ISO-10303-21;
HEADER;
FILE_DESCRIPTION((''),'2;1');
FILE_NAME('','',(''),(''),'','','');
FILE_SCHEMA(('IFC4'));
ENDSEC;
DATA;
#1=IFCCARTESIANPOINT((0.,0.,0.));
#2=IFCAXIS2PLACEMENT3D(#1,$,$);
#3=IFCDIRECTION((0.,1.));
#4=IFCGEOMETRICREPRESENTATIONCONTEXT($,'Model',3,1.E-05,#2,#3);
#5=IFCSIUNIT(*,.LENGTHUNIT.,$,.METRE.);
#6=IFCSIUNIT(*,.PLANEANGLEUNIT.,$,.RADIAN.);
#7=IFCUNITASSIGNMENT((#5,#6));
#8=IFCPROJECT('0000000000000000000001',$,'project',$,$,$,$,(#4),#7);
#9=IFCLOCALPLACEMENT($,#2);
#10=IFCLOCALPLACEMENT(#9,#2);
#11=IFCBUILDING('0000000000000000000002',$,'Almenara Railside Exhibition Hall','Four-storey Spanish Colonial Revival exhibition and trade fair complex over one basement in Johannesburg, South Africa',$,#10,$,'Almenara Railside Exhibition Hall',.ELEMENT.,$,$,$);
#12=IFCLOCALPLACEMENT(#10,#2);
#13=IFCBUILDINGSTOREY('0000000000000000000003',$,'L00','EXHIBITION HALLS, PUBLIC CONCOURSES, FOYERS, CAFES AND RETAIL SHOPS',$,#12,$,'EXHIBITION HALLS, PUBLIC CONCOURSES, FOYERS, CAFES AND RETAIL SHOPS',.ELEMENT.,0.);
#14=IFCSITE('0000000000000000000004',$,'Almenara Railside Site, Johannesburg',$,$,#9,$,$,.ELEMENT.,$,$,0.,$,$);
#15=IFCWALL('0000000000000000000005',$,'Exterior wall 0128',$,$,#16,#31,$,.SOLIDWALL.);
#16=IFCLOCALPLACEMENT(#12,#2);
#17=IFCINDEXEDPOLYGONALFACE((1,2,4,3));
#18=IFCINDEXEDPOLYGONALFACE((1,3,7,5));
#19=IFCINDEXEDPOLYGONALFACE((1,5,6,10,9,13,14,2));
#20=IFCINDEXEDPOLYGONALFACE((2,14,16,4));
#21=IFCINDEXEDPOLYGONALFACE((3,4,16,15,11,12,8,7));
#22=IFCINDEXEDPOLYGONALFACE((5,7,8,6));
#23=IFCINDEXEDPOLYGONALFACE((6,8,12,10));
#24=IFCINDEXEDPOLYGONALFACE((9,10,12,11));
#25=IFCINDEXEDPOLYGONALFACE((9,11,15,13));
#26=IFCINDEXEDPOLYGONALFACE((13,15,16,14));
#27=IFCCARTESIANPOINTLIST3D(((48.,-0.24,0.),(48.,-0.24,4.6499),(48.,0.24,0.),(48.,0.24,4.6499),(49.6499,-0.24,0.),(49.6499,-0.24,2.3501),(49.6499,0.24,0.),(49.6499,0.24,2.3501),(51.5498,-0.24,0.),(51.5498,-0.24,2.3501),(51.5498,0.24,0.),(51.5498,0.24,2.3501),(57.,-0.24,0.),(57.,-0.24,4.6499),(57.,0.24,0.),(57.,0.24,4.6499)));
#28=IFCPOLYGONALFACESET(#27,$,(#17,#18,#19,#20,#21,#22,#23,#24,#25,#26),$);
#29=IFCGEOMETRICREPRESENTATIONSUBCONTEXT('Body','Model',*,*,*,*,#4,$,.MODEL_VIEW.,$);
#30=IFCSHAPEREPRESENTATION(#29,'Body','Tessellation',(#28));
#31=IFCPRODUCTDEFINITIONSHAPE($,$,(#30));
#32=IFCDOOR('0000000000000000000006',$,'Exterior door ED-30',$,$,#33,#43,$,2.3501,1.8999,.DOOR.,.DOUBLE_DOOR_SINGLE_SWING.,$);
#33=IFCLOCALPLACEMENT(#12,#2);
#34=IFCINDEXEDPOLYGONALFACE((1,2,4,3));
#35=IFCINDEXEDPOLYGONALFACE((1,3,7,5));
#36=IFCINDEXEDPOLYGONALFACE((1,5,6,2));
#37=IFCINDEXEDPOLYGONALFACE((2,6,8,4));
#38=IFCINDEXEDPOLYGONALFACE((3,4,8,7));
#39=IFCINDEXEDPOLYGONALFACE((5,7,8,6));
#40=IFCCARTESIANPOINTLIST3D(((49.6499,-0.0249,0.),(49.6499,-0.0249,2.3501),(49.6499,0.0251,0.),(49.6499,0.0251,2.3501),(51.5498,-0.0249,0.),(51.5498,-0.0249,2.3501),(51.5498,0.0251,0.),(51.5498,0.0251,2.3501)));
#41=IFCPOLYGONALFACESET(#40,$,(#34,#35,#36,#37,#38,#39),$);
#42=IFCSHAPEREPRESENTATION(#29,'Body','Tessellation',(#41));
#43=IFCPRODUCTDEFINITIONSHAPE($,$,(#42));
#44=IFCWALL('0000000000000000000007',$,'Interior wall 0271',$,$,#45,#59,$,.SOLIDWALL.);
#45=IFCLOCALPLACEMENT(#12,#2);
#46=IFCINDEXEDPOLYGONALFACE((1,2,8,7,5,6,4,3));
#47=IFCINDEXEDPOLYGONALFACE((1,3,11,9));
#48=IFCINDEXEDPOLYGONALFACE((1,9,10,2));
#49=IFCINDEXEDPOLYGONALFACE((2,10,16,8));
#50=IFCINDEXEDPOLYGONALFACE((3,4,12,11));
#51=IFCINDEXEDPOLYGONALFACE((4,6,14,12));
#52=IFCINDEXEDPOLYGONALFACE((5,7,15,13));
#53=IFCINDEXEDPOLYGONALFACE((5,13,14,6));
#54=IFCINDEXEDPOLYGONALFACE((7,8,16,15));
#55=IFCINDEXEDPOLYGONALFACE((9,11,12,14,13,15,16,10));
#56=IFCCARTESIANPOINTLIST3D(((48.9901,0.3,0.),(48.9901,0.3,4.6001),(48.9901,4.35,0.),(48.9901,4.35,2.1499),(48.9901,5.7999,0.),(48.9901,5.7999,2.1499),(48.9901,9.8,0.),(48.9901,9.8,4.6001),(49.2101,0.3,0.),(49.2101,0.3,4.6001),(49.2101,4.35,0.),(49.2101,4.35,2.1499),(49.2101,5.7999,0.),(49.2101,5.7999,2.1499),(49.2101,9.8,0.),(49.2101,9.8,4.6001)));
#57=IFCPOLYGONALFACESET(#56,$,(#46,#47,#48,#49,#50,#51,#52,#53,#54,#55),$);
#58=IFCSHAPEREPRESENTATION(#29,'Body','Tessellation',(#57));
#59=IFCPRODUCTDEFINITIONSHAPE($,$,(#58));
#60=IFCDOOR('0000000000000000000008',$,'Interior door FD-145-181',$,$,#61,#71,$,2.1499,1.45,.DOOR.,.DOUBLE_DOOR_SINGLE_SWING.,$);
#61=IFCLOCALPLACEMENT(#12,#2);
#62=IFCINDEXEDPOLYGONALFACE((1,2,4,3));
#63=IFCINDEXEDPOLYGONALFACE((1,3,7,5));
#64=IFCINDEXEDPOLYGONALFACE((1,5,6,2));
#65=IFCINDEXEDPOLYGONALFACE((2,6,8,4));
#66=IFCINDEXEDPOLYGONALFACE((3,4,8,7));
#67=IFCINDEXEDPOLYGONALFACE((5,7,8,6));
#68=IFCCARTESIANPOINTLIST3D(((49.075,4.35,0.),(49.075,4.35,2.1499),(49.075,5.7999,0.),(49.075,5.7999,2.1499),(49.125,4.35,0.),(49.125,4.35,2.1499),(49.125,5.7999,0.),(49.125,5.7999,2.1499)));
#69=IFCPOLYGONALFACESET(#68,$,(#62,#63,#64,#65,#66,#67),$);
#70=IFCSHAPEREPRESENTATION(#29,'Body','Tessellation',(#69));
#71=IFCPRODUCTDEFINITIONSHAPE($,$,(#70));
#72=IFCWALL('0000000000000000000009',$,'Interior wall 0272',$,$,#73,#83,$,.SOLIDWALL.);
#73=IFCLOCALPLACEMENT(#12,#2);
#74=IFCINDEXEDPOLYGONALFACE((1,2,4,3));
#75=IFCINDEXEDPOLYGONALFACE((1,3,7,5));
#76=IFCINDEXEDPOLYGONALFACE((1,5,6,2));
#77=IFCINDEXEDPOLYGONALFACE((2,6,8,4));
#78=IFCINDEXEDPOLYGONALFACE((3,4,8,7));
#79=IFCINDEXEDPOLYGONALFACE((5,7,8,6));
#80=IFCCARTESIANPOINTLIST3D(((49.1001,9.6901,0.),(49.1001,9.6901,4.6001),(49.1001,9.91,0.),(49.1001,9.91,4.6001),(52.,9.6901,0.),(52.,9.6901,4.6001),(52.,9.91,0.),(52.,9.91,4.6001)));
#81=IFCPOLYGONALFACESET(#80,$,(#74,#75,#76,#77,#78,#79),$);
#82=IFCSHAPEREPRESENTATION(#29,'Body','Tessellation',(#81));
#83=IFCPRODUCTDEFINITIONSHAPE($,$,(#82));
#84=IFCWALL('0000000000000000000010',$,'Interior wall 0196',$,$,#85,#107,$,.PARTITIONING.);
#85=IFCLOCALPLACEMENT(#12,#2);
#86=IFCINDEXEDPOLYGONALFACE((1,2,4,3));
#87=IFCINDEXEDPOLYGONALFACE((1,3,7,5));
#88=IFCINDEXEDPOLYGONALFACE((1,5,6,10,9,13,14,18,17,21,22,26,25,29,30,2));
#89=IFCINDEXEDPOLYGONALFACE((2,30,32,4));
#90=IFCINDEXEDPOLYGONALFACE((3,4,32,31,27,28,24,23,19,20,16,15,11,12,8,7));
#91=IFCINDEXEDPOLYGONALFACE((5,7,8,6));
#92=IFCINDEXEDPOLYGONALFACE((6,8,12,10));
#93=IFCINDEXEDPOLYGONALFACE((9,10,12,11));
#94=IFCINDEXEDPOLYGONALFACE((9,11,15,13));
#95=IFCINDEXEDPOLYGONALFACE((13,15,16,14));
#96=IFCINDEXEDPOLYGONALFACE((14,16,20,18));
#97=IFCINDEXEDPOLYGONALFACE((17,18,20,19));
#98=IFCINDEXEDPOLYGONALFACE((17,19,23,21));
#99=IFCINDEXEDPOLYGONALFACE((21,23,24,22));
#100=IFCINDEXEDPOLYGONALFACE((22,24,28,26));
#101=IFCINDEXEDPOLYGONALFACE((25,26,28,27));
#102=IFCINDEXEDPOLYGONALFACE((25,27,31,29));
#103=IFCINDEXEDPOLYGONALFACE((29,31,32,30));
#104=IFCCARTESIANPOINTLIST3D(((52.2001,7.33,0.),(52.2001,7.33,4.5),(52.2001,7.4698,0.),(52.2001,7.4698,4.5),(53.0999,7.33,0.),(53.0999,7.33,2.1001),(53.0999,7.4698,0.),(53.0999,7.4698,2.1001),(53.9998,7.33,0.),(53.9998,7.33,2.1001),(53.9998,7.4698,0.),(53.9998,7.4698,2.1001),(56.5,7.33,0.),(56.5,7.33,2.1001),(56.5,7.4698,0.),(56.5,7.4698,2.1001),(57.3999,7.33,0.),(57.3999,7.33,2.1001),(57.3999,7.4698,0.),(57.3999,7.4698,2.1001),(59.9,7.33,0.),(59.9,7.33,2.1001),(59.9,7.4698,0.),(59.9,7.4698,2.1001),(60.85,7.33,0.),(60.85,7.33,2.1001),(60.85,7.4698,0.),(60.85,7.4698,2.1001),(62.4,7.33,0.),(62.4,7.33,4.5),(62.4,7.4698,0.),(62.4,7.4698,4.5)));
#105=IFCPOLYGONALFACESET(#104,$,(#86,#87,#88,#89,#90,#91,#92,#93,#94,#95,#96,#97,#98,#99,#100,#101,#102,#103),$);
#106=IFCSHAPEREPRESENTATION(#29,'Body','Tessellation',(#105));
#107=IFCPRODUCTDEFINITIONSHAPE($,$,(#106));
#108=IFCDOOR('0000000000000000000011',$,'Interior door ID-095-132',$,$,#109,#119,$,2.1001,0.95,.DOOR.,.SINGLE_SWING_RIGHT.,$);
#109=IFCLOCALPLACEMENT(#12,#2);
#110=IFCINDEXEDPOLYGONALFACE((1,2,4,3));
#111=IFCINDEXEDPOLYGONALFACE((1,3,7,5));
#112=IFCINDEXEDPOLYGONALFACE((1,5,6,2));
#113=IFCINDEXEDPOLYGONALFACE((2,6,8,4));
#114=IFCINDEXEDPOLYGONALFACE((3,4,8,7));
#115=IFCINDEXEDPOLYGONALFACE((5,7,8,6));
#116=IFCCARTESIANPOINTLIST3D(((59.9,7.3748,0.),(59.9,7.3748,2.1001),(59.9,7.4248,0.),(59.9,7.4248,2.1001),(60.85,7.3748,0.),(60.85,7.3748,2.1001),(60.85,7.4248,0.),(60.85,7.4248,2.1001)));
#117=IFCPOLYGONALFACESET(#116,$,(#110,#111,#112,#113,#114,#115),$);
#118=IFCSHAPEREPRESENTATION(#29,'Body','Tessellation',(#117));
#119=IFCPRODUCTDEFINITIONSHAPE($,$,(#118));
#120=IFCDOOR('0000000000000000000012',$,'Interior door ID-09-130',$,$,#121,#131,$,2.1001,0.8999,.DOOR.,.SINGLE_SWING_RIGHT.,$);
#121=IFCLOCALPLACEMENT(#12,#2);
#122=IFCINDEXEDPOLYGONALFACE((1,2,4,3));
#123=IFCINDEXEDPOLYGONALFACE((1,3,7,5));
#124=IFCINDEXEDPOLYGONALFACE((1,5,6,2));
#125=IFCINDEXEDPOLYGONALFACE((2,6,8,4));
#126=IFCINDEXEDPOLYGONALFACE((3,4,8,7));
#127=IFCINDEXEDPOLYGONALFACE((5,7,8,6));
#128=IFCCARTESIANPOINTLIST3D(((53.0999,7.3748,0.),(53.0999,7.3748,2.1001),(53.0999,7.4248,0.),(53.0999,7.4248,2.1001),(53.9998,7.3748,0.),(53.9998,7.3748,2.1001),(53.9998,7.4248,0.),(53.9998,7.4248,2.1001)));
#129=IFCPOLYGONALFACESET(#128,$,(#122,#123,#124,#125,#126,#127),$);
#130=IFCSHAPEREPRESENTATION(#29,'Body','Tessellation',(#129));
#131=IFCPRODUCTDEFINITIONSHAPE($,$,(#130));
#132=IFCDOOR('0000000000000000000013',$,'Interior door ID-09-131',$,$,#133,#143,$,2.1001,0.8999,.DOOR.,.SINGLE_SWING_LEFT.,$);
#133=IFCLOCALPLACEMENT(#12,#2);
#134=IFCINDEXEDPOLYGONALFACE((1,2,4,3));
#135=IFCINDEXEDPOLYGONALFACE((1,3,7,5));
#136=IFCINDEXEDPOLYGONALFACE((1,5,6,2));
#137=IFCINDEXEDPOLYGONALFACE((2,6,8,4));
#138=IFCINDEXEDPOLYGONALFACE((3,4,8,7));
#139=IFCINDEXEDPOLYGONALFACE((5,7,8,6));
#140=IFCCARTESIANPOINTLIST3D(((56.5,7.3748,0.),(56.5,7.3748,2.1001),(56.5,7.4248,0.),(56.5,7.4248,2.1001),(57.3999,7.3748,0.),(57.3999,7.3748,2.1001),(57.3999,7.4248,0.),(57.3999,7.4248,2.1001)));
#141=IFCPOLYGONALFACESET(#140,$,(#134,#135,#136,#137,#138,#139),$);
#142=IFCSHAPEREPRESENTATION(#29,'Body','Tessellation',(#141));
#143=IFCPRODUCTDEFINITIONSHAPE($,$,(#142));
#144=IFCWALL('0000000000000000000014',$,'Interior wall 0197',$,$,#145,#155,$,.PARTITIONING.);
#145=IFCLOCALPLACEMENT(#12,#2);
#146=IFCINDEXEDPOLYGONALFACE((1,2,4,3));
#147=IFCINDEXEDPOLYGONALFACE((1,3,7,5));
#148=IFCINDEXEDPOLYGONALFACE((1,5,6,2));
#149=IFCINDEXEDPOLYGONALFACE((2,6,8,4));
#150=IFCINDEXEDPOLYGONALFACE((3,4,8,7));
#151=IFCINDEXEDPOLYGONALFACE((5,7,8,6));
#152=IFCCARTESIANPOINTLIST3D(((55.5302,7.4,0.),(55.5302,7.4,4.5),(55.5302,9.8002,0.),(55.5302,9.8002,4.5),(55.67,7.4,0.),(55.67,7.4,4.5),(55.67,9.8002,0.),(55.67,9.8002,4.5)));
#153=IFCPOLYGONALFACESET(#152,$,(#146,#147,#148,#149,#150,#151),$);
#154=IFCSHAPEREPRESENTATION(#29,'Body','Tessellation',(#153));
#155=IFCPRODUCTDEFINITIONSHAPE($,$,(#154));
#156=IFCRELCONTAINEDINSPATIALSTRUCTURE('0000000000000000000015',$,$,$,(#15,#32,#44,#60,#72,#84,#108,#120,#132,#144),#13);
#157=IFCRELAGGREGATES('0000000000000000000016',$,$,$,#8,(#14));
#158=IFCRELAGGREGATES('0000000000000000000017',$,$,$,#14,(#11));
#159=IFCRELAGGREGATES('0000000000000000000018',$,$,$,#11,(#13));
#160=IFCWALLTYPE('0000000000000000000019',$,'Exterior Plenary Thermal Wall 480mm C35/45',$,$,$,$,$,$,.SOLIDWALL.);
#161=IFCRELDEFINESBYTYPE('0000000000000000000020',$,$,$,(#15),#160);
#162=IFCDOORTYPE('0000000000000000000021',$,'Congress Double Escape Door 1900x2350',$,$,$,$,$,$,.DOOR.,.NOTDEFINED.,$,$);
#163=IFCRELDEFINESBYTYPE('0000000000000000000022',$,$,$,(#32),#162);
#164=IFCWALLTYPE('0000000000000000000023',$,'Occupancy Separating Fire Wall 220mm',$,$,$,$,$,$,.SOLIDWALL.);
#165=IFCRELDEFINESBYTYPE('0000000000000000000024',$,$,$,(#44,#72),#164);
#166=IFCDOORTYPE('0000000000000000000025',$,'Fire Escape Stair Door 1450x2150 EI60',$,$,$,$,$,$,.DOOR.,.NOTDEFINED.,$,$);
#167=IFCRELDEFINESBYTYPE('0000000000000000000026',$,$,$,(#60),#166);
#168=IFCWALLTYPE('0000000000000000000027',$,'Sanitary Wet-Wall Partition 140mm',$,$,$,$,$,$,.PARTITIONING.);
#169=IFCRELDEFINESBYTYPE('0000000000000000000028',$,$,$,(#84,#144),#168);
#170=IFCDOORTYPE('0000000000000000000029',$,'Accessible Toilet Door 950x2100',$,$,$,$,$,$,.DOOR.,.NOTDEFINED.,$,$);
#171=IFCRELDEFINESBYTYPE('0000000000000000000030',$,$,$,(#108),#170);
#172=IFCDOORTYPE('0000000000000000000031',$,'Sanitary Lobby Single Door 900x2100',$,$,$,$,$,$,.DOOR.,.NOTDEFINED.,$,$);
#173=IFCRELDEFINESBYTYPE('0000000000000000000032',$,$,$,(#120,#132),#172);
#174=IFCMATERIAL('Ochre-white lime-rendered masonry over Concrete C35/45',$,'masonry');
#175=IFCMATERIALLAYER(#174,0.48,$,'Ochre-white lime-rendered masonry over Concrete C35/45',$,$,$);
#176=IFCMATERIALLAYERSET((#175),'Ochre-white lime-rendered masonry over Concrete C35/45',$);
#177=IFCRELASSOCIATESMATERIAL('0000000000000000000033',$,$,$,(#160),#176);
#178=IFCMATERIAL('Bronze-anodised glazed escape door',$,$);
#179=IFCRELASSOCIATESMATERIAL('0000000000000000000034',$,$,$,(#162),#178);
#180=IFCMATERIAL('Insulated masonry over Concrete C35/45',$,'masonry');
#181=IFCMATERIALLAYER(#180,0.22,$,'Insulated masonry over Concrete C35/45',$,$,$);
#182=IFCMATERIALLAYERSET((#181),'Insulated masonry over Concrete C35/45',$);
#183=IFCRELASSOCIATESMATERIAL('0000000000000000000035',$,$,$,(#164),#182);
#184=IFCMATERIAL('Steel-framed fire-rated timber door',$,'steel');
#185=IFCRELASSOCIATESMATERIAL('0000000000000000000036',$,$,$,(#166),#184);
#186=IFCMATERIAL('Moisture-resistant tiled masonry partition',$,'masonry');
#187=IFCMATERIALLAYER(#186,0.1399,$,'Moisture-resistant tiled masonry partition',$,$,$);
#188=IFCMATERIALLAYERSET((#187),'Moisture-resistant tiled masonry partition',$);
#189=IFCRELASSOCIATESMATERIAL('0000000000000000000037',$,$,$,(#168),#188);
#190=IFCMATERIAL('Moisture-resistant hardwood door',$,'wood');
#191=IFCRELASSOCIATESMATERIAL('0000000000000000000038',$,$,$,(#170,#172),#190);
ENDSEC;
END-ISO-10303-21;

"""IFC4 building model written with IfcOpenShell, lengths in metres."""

from ifc_helpers import new_model, si_unit, direction, frame, frame_2d, origin, place, context, subcontext, project, spatial, rectangle, extrude, material, layer, layer_set, type_object, element, fill, save


model = new_model("IFC4")

# Units and contexts
model_context = context("Model", 3, precision=1e-05, world=origin(), true_north=direction((0.0, 1.0)))
body_context = subcontext(model_context, "Body", "Model", "MODEL_VIEW")
ifc_project = project(units=[si_unit("LENGTHUNIT", "METRE"), si_unit("PLANEANGLEUNIT", "RADIAN")], contexts=[model_context])

# Site, building, storey
site_placement = place(None, origin())
site = spatial("IfcSite", under=ifc_project, at=site_placement, Name="Almenara Railside Site, Johannesburg", CompositionType="ELEMENT", RefElevation=0.0)
building_placement = place(site_placement, origin())
building = spatial("IfcBuilding", under=site, at=building_placement, Name="Almenara Railside Exhibition Hall", Description="Four-storey Spanish Colonial Revival exhibition and trade fair complex over one basement in Johannesburg, South Africa", LongName="Almenara Railside Exhibition Hall", CompositionType="ELEMENT")
storey_placement = place(building_placement, origin())
storey = spatial("IfcBuildingStorey", under=building, at=storey_placement, Name="L00", Description="EXHIBITION HALLS, PUBLIC CONCOURSES, FOYERS, CAFES AND RETAIL SHOPS", LongName="EXHIBITION HALLS, PUBLIC CONCOURSES, FOYERS, CAFES AND RETAIL SHOPS", CompositionType="ELEMENT", Elevation=0.0)

# Walls, openings, doors
ifc_material_1 = material(Name="Ochre-white lime-rendered masonry over Concrete C35/45", Category="masonry")
ifc_layer_1 = layer(ifc_material_1, 0.48, Name="Ochre-white lime-rendered masonry over Concrete C35/45")
ifc_layer_set_1 = layer_set([ifc_layer_1], Name="Ochre-white lime-rendered masonry over Concrete C35/45")
wall_type_1 = type_object("IfcWallType", Name="Exterior Plenary Thermal Wall 480mm C35/45", PredefinedType="SOLIDWALL", material=ifc_layer_set_1)
wall_1_placement = place(storey_placement, frame((48.0, 0.0, 0.0), z_axis=(0.0, 0.0, 1.0), x_axis=(1.0, 0.0, 0.0)))
wall_1 = element("IfcWall", 1, at=wall_1_placement, inside=storey, type_object=wall_type_1, Name="Exterior wall 0128", PredefinedType="SOLIDWALL", context=body_context, shape_type="SweptSolid", body=[
    extrude(rectangle(XDim=9.0, YDim=0.48, at=frame_2d((4.5, 0.0))), origin(), (0.0, 0.0, 1.0), 4.6499),
])
opening_1_placement = place(wall_1_placement, frame((1.6499, 0.0, 0.0)))
opening_1 = element("IfcOpeningElement", 2, at=opening_1_placement, cuts=wall_1, PredefinedType="OPENING", context=body_context, shape_type="SweptSolid", body=[
    extrude(rectangle(XDim=1.8999, YDim=2.3501, at=frame_2d((0.95, 1.175))), frame((0.0, 0.25, 0.0), z_axis=(0.0, -1.0, 0.0), x_axis=(1.0, 0.0, 0.0)), (0.0, 0.0, 1.0), 0.5),
])
ifc_material_2 = material(Name="Bronze-anodised glazed escape door")
door_type_1 = type_object("IfcDoorType", Name="Congress Double Escape Door 1900x2350", OperationType="NOTDEFINED", PredefinedType="DOOR", material=ifc_material_2)
door_1_placement = place(opening_1_placement, frame((1.8999, 0.0, 0.0), z_axis=(0.0, 0.0, 1.0), x_axis=(-1.0, 0.0, 0.0)))
door_1 = element("IfcDoor", 3, at=door_1_placement, inside=storey, type_object=door_type_1, Name="Exterior door ED-30", OperationType="DOUBLE_DOOR_SINGLE_SWING", OverallHeight=2.3501, OverallWidth=1.8999, PredefinedType="DOOR", context=body_context, shape_type="SweptSolid", body=[
    extrude(rectangle(XDim=1.8999, YDim=2.3501, at=frame_2d((0.95, 1.175))), frame((0.0, 0.0249, 0.0), z_axis=(0.0, -1.0, 0.0), x_axis=(1.0, 0.0, 0.0)), (0.0, 0.0, 1.0), 0.05),
])
fill(opening_1, door_1)
ifc_material_3 = material(Name="Insulated masonry over Concrete C35/45", Category="masonry")
ifc_layer_2 = layer(ifc_material_3, 0.22, Name="Insulated masonry over Concrete C35/45")
ifc_layer_set_2 = layer_set([ifc_layer_2], Name="Insulated masonry over Concrete C35/45")
wall_type_2 = type_object("IfcWallType", Name="Occupancy Separating Fire Wall 220mm", PredefinedType="SOLIDWALL", material=ifc_layer_set_2)
wall_2_placement = place(storey_placement, frame((49.1001, 9.8, 0.0), z_axis=(0.0, 0.0, 1.0), x_axis=(0.0, -1.0, 0.0)))
wall_2 = element("IfcWall", 4, at=wall_2_placement, inside=storey, type_object=wall_type_2, Name="Interior wall 0271", PredefinedType="SOLIDWALL", context=body_context, shape_type="SweptSolid", body=[
    extrude(rectangle(XDim=9.5, YDim=0.22, at=frame_2d((4.75, 0.0))), origin(), (0.0, 0.0, 1.0), 4.6001),
])
opening_2_placement = place(wall_2_placement, frame((4.0, 0.0, 0.0)))
opening_2 = element("IfcOpeningElement", 5, at=opening_2_placement, cuts=wall_2, PredefinedType="OPENING", context=body_context, shape_type="SweptSolid", body=[
    extrude(rectangle(XDim=1.45, YDim=2.1499, at=frame_2d((0.7251, 1.075))), frame((0.0, 0.1199, 0.0), z_axis=(0.0, -1.0, 0.0), x_axis=(1.0, 0.0, 0.0)), (0.0, 0.0, 1.0), 0.24),
])
ifc_material_4 = material(Name="Steel-framed fire-rated timber door", Category="steel")
door_type_2 = type_object("IfcDoorType", Name="Fire Escape Stair Door 1450x2150 EI60", OperationType="NOTDEFINED", PredefinedType="DOOR", material=ifc_material_4)
door_2_placement = place(opening_2_placement, origin())
door_2 = element("IfcDoor", 6, at=door_2_placement, inside=storey, type_object=door_type_2, Name="Interior door FD-145-181", OperationType="DOUBLE_DOOR_SINGLE_SWING", OverallHeight=2.1499, OverallWidth=1.45, PredefinedType="DOOR", context=body_context, shape_type="SweptSolid", body=[
    extrude(rectangle(XDim=1.45, YDim=2.1499, at=frame_2d((0.7251, 1.075))), frame((0.0, 0.0249, 0.0), z_axis=(0.0, -1.0, 0.0), x_axis=(1.0, 0.0, 0.0)), (0.0, 0.0, 1.0), 0.05),
])
fill(opening_2, door_2)

# Wall
wall_3_placement = place(storey_placement, frame((49.1001, 9.8, 0.0), z_axis=(0.0, 0.0, 1.0), x_axis=(1.0, 0.0, 0.0)))
element("IfcWall", 7, at=wall_3_placement, inside=storey, type_object=wall_type_2, Name="Interior wall 0272", PredefinedType="SOLIDWALL", context=body_context, shape_type="SweptSolid", body=[
    extrude(rectangle(XDim=2.8999, YDim=0.22, at=frame_2d((1.45, 0.0))), origin(), (0.0, 0.0, 1.0), 4.6001),
])

# Wall, openings, doors
ifc_material_5 = material(Name="Moisture-resistant tiled masonry partition", Category="masonry")
ifc_layer_3 = layer(ifc_material_5, 0.1399, Name="Moisture-resistant tiled masonry partition")
ifc_layer_set_3 = layer_set([ifc_layer_3], Name="Moisture-resistant tiled masonry partition")
wall_type_3 = type_object("IfcWallType", Name="Sanitary Wet-Wall Partition 140mm", PredefinedType="PARTITIONING", material=ifc_layer_set_3)
wall_4_placement = place(storey_placement, frame((52.2, 7.3999, 0.0), z_axis=(0.0, 0.0, 1.0), x_axis=(1.0, 0.0, 0.0)))
wall_4 = element("IfcWall", 8, at=wall_4_placement, inside=storey, type_object=wall_type_3, Name="Interior wall 0196", PredefinedType="PARTITIONING", context=body_context, shape_type="SweptSolid", body=[
    extrude(rectangle(XDim=10.2, YDim=0.1399, at=frame_2d((5.1001, 0.0))), origin(), (0.0, 0.0, 1.0), 4.5),
])
opening_3_placement = place(wall_4_placement, frame((0.8999, 0.0, 0.0)))
opening_3 = element("IfcOpeningElement", 9, at=opening_3_placement, cuts=wall_4, PredefinedType="OPENING", context=body_context, shape_type="SweptSolid", body=[
    extrude(rectangle(XDim=0.8999, YDim=2.1001, at=frame_2d((0.45, 1.05))), frame((0.0, 0.0798, 0.0), z_axis=(0.0, -1.0, 0.0), x_axis=(1.0, 0.0, 0.0)), (0.0, 0.0, 1.0), 0.1599),
])
opening_4_placement = place(wall_4_placement, frame((4.3, 0.0, 0.0)))
opening_4 = element("IfcOpeningElement", 10, at=opening_4_placement, cuts=wall_4, PredefinedType="OPENING", context=body_context, shape_type="SweptSolid", body=[
    extrude(rectangle(XDim=0.8999, YDim=2.1001, at=frame_2d((0.45, 1.05))), frame((0.0, 0.0798, 0.0), z_axis=(0.0, -1.0, 0.0), x_axis=(1.0, 0.0, 0.0)), (0.0, 0.0, 1.0), 0.1599),
])
opening_5_placement = place(wall_4_placement, frame((7.7, 0.0, 0.0)))
opening_5 = element("IfcOpeningElement", 11, at=opening_5_placement, cuts=wall_4, PredefinedType="OPENING", context=body_context, shape_type="SweptSolid", body=[
    extrude(rectangle(XDim=0.95, YDim=2.1001, at=frame_2d((0.4751, 1.05))), frame((0.0, 0.0798, 0.0), z_axis=(0.0, -1.0, 0.0), x_axis=(1.0, 0.0, 0.0)), (0.0, 0.0, 1.0), 0.1599),
])
ifc_material_6 = material(Name="Moisture-resistant hardwood door", Category="wood")
door_type_3 = type_object("IfcDoorType", Name="Accessible Toilet Door 950x2100", OperationType="NOTDEFINED", PredefinedType="DOOR", material=ifc_material_6)
door_3_placement = place(opening_5_placement, origin())
door_3 = element("IfcDoor", 12, at=door_3_placement, inside=storey, type_object=door_type_3, Name="Interior door ID-095-132", OperationType="SINGLE_SWING_RIGHT", OverallHeight=2.1001, OverallWidth=0.95, PredefinedType="DOOR", context=body_context, shape_type="SweptSolid", body=[
    extrude(rectangle(XDim=0.95, YDim=2.1001, at=frame_2d((0.4751, 1.05))), frame((0.0, 0.0249, 0.0), z_axis=(0.0, -1.0, 0.0), x_axis=(1.0, 0.0, 0.0)), (0.0, 0.0, 1.0), 0.05),
])
fill(opening_5, door_3)
door_type_4 = type_object("IfcDoorType", Name="Sanitary Lobby Single Door 900x2100", OperationType="NOTDEFINED", PredefinedType="DOOR", material=ifc_material_6)
door_4_placement = place(opening_3_placement, origin())
door_4 = element("IfcDoor", 13, at=door_4_placement, inside=storey, type_object=door_type_4, Name="Interior door ID-09-130", OperationType="SINGLE_SWING_RIGHT", OverallHeight=2.1001, OverallWidth=0.8999, PredefinedType="DOOR", context=body_context, shape_type="SweptSolid", body=[
    extrude(rectangle(XDim=0.8999, YDim=2.1001, at=frame_2d((0.45, 1.05))), frame((0.0, 0.0249, 0.0), z_axis=(0.0, -1.0, 0.0), x_axis=(1.0, 0.0, 0.0)), (0.0, 0.0, 1.0), 0.05),
])
fill(opening_3, door_4)
door_5_placement = place(opening_4_placement, origin())
door_5 = element("IfcDoor", 14, at=door_5_placement, inside=storey, type_object=door_type_4, Name="Interior door ID-09-131", OperationType="SINGLE_SWING_LEFT", OverallHeight=2.1001, OverallWidth=0.8999, PredefinedType="DOOR", context=body_context, shape_type="SweptSolid", body=[
    extrude(rectangle(XDim=0.8999, YDim=2.1001, at=frame_2d((0.45, 1.05))), frame((0.0, 0.0249, 0.0), z_axis=(0.0, -1.0, 0.0), x_axis=(1.0, 0.0, 0.0)), (0.0, 0.0, 1.0), 0.05),
])
fill(opening_4, door_5)

# Wall
wall_5_placement = place(storey_placement, frame((55.6001, 7.3999, 0.0), z_axis=(0.0, 0.0, 1.0), x_axis=(0.0, 1.0, 0.0)))
element("IfcWall", 15, at=wall_5_placement, inside=storey, type_object=wall_type_3, Name="Interior wall 0197", PredefinedType="PARTITIONING", context=body_context, shape_type="SweptSolid", body=[
    extrude(rectangle(XDim=2.4001, YDim=0.1399, at=frame_2d((1.2002, 0.0))), origin(), (0.0, 0.0, 1.0), 4.5),
])

save(model, "model.ifc")
